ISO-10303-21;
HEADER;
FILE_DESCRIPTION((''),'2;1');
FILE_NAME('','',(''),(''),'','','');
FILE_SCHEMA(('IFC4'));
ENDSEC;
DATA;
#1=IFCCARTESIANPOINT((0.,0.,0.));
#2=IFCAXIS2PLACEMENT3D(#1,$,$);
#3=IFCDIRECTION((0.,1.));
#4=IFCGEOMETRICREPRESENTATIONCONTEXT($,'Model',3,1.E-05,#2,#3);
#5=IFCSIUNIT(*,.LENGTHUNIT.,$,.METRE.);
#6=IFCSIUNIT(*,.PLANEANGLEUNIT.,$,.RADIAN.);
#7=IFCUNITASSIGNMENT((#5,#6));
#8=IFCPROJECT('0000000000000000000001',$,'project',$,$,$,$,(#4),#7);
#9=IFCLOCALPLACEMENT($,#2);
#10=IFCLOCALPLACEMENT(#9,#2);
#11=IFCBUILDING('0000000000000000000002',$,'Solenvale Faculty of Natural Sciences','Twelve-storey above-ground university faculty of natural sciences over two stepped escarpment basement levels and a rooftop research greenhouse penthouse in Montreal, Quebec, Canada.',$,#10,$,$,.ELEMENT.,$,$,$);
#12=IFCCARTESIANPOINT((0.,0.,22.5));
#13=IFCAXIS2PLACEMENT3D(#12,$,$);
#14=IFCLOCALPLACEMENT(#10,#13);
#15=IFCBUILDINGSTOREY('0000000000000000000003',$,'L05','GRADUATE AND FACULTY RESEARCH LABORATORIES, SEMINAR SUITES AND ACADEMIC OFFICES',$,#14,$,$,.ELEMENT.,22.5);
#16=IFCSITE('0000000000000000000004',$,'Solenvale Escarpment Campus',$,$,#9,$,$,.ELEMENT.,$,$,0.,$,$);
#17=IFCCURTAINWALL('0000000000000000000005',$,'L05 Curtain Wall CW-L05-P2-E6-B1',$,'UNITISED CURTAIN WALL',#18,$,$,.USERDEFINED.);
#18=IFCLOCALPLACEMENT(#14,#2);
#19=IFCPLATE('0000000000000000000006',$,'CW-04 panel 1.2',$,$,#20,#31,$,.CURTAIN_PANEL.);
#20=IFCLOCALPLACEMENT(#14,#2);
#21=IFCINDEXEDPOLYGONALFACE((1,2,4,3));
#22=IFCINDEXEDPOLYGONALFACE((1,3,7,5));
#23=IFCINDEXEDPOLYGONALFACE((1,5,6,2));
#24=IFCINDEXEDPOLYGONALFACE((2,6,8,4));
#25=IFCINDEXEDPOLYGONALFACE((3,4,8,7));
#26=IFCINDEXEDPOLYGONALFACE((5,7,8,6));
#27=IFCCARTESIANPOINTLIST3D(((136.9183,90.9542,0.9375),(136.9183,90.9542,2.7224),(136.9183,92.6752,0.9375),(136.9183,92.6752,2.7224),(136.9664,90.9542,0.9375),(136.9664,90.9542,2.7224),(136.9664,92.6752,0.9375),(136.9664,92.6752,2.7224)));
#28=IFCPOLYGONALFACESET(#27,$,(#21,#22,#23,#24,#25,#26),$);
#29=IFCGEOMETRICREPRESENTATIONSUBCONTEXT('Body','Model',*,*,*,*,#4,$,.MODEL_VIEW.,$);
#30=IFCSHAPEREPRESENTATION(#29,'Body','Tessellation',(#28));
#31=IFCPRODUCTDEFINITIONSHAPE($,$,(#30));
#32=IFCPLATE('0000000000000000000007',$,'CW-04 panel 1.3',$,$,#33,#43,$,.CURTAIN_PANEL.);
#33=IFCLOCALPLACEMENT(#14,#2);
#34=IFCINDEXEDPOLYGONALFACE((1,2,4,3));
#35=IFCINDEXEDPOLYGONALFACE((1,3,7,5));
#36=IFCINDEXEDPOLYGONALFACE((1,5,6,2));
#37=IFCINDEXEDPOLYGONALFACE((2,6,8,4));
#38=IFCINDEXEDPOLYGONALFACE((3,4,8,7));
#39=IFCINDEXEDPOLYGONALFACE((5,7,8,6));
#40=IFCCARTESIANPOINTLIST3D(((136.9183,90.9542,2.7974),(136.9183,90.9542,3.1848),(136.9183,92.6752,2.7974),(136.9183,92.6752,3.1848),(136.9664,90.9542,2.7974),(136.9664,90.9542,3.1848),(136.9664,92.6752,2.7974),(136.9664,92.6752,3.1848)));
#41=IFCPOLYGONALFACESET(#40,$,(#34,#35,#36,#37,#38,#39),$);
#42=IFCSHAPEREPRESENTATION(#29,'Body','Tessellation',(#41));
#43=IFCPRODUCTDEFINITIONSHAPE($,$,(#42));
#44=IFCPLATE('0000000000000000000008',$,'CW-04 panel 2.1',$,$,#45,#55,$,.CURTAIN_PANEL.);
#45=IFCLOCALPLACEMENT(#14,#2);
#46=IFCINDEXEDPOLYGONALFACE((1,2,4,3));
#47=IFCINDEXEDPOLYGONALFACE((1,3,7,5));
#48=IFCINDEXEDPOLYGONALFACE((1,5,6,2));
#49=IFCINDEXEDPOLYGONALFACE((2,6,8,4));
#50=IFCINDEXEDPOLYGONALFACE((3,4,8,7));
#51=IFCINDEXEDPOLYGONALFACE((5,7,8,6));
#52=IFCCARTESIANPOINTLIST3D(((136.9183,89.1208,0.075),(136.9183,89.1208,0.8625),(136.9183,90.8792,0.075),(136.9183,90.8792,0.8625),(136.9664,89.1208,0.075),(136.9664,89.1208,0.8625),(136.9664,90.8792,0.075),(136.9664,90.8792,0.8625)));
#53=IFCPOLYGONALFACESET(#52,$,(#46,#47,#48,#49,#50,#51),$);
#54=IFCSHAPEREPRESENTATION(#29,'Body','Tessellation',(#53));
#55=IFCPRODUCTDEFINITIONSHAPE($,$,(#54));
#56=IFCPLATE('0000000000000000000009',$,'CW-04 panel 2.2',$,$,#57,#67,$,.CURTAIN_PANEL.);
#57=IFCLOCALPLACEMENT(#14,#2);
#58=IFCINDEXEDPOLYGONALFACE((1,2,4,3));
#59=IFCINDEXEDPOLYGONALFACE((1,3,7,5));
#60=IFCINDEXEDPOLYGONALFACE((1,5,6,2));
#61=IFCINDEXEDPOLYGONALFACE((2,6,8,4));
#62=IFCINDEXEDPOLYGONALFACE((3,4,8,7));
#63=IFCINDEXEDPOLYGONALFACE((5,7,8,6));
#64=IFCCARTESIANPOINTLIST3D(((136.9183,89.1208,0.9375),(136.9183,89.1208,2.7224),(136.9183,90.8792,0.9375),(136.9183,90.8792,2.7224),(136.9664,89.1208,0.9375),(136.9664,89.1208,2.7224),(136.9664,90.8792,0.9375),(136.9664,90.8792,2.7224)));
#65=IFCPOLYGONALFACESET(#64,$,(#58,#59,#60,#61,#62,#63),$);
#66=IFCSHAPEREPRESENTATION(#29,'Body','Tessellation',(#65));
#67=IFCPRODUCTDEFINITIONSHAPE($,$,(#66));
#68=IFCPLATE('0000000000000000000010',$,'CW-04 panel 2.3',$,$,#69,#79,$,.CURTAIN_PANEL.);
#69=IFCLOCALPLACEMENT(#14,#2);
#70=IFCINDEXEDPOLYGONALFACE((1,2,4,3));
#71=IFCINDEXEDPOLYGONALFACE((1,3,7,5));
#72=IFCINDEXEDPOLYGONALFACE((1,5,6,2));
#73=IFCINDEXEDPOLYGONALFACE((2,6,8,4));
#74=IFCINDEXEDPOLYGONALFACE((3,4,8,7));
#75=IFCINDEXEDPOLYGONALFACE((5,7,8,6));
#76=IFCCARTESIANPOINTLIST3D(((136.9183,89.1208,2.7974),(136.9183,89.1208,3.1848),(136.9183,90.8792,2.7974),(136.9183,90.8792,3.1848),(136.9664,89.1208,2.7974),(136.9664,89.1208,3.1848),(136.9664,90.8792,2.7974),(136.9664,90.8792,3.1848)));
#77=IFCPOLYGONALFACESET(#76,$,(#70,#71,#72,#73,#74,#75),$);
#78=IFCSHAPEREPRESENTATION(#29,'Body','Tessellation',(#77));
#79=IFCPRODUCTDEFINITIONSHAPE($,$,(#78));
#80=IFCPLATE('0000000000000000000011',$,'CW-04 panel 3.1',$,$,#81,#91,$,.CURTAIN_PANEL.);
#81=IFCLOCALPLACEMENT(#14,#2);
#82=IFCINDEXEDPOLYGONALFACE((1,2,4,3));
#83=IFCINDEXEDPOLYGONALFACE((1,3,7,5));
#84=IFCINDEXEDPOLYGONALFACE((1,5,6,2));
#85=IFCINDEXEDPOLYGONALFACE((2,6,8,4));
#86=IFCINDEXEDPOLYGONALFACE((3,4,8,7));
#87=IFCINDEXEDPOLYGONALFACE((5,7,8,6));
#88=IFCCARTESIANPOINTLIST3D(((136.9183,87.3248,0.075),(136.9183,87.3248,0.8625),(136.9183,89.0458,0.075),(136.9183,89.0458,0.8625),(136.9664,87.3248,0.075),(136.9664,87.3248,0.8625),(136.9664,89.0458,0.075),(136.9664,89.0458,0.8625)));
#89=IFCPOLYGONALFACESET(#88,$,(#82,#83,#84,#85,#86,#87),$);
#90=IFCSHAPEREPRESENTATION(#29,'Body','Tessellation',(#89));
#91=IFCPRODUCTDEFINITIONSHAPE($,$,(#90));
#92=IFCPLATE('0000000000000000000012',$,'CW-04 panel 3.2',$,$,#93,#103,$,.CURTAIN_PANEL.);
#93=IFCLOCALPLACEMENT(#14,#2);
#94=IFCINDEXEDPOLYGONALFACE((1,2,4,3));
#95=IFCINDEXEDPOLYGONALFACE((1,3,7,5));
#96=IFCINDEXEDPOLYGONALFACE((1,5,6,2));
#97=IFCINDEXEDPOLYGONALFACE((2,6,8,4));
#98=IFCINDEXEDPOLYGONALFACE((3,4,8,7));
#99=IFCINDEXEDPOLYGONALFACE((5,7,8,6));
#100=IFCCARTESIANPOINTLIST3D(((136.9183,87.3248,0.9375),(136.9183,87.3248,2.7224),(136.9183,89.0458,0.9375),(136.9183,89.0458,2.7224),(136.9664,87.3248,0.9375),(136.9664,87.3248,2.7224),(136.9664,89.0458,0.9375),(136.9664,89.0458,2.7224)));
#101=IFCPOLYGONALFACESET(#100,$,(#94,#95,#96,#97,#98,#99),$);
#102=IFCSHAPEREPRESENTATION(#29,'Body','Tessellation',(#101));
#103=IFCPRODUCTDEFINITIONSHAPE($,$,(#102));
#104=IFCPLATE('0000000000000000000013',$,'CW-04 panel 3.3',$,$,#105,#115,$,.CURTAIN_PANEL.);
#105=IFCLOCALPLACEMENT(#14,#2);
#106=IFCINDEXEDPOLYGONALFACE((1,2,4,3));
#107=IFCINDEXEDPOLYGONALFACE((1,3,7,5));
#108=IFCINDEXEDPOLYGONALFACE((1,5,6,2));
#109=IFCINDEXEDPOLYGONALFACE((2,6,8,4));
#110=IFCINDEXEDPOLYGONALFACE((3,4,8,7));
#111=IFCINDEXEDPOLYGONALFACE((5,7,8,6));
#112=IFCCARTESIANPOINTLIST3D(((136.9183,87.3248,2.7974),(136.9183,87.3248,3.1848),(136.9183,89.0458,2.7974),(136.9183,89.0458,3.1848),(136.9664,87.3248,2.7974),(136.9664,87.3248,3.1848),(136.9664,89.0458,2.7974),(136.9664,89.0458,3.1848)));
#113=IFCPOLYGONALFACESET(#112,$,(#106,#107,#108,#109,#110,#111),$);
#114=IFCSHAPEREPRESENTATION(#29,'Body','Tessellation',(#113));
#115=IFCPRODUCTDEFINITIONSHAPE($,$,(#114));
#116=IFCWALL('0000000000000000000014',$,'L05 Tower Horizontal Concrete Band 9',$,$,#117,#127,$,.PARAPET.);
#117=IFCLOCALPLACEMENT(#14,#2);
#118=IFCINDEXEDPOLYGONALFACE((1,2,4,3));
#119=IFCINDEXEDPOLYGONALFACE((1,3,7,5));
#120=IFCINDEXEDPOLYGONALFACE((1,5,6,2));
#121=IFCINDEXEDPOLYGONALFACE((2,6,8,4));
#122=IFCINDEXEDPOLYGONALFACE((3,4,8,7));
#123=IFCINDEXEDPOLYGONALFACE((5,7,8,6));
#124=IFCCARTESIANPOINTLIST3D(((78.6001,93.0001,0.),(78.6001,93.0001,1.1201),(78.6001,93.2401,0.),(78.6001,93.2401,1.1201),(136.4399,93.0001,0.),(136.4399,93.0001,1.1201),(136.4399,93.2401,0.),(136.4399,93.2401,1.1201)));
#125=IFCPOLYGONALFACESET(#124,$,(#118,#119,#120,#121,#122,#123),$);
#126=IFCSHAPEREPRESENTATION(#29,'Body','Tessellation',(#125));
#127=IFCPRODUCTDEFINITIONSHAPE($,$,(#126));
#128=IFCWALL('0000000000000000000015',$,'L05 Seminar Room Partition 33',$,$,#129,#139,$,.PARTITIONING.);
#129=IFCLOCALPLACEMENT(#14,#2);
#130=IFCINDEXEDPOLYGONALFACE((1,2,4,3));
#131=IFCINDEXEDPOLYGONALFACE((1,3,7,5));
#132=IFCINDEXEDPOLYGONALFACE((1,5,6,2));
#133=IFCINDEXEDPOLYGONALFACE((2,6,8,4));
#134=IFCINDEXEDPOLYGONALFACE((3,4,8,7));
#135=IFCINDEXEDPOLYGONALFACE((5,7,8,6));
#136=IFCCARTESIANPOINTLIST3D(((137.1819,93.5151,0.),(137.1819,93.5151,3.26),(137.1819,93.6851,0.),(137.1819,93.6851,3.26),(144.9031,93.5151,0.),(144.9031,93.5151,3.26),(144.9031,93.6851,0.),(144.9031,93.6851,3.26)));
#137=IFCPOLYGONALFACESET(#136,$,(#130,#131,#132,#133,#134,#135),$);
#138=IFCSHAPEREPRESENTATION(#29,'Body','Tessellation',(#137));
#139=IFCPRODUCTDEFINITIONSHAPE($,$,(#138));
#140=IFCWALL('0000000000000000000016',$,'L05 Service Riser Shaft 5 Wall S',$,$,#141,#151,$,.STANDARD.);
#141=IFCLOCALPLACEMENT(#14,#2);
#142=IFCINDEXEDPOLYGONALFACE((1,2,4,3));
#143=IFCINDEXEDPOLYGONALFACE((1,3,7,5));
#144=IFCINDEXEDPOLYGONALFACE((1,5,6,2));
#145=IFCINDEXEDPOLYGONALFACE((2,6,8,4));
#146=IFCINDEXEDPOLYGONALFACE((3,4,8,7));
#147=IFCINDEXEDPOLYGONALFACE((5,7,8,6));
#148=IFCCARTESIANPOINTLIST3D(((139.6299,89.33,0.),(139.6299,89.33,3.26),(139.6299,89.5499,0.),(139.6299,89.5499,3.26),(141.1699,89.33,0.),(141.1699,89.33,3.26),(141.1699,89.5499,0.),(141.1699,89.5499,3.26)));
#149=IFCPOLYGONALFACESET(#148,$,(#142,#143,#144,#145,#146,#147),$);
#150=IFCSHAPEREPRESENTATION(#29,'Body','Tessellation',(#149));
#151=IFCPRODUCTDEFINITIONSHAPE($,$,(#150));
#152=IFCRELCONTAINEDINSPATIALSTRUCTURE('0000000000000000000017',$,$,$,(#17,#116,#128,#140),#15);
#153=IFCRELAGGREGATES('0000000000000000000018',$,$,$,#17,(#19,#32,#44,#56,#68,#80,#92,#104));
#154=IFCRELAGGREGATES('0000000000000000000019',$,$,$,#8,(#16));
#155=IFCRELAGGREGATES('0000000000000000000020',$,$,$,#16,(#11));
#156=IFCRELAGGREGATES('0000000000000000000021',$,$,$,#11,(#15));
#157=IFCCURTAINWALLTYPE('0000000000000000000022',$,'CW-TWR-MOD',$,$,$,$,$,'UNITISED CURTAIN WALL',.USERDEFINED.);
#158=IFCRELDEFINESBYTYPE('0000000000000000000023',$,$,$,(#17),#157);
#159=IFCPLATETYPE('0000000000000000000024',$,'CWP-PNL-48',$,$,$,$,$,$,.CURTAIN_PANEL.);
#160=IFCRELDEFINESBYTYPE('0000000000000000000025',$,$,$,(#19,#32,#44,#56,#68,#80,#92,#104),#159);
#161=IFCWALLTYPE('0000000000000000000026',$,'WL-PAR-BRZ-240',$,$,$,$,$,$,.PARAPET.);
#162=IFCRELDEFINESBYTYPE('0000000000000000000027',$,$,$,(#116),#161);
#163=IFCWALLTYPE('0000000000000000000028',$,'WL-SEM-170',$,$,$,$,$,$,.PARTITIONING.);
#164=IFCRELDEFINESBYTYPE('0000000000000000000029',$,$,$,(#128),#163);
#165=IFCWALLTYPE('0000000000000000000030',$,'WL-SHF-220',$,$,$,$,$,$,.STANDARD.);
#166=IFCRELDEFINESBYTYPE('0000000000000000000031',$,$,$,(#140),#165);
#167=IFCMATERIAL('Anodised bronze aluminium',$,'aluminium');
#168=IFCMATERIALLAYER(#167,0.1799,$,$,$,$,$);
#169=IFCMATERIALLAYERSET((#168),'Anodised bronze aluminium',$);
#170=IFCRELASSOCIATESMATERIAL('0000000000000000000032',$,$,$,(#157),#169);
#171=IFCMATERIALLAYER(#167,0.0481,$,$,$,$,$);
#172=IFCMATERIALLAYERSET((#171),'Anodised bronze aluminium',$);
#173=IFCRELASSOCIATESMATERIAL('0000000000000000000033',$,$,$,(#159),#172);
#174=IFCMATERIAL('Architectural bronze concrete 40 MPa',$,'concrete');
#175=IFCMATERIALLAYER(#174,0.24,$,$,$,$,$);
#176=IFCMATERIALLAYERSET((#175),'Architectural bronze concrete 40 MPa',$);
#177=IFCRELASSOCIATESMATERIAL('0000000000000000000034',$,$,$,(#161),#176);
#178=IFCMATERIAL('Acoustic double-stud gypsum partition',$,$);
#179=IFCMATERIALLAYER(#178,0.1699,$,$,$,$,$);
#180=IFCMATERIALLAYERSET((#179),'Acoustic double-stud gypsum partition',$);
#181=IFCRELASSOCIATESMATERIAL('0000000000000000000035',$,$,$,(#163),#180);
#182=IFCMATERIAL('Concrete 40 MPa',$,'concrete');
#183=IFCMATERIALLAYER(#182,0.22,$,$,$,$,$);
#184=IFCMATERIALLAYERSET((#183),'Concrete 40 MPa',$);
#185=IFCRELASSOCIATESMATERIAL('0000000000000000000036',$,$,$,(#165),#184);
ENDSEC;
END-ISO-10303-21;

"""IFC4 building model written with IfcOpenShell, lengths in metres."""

from ifc_helpers import new_model, si_unit, direction, frame, frame_2d, origin, origin_2d, place, context, subcontext, project, spatial, rectangle, extrude, material, layer, layer_set, type_object, element, aggregate, save


model = new_model("IFC4")

# Units and contexts
model_context = context("Model", 3, precision=1e-05, world=origin(), true_north=direction((0.0, 1.0)))
body_context = subcontext(model_context, "Body", "Model", "MODEL_VIEW")
ifc_project = project(units=[si_unit("LENGTHUNIT", "METRE"), si_unit("PLANEANGLEUNIT", "RADIAN")], contexts=[model_context])

# Site, building, storey
site_placement = place(None, origin())
site = spatial("IfcSite", under=ifc_project, at=site_placement, Name="Solenvale Escarpment Campus", CompositionType="ELEMENT", RefElevation=0.0)
building_placement = place(site_placement, origin())
building = spatial("IfcBuilding", under=site, at=building_placement, Name="Solenvale Faculty of Natural Sciences", Description="Twelve-storey above-ground university faculty of natural sciences over two stepped escarpment basement levels and a rooftop research greenhouse penthouse in Montreal, Quebec, Canada.", CompositionType="ELEMENT")
storey_placement = place(building_placement, frame((0.0, 0.0, 22.5)))
storey = spatial("IfcBuildingStorey", under=building, at=storey_placement, Name="L05", Description="GRADUATE AND FACULTY RESEARCH LABORATORIES, SEMINAR SUITES AND ACADEMIC OFFICES", CompositionType="ELEMENT", Elevation=22.5)

# Shared definitions
ifc_material_1 = material(Name="Concrete 40 MPa", Category="concrete")

# Curtain wall, plates
ifc_material_2 = material(Name="Anodised bronze aluminium", Category="aluminium")
ifc_layer_1 = layer(ifc_material_2, 0.1799)
ifc_layer_set_1 = layer_set([ifc_layer_1], Name="Anodised bronze aluminium")
curtain_wall_type = type_object("IfcCurtainWallType", Name="CW-TWR-MOD", ElementType="UNITISED CURTAIN WALL", PredefinedType="USERDEFINED", material=ifc_layer_set_1)
curtain_wall_placement = place(storey_placement, origin())
curtain_wall = element("IfcCurtainWall", 1, at=curtain_wall_placement, inside=storey, type_object=curtain_wall_type, Name="L05 Curtain Wall CW-L05-P2-E6-B1", ObjectType="UNITISED CURTAIN WALL", PredefinedType="USERDEFINED")
ifc_layer_2 = layer(ifc_material_2, 0.0481)
ifc_layer_set_2 = layer_set([ifc_layer_2], Name="Anodised bronze aluminium")
plate_type = type_object("IfcPlateType", Name="CWP-PNL-48", PredefinedType="CURTAIN_PANEL", material=ifc_layer_set_2)
plate_1_placement = place(storey_placement, frame((136.9424, 91.8147, 0.9375), z_axis=(0.0, 0.0, 1.0), x_axis=(0.0, -1.0, 0.0)))
plate_1 = element("IfcPlate", 2, at=plate_1_placement, type_object=plate_type, Name="CW-04 panel 1.2", PredefinedType="CURTAIN_PANEL", context=body_context, shape_type="SweptSolid", body=[
    extrude(rectangle(XDim=1.7209, YDim=0.0481, at=origin_2d()), origin(), (0.0, 0.0, 1.0), 1.7849),
])
plate_2_placement = place(storey_placement, frame((136.9424, 91.8147, 2.7974), z_axis=(0.0, 0.0, 1.0), x_axis=(0.0, -1.0, 0.0)))
plate_2 = element("IfcPlate", 3, at=plate_2_placement, type_object=plate_type, Name="CW-04 panel 1.3", PredefinedType="CURTAIN_PANEL", context=body_context, shape_type="SweptSolid", body=[
    extrude(rectangle(XDim=1.7209, YDim=0.0481, at=origin_2d()), origin(), (0.0, 0.0, 1.0), 0.3875),
])
plate_3_placement = place(storey_placement, frame((136.9424, 90.0, 0.075), z_axis=(0.0, 0.0, 1.0), x_axis=(0.0, -1.0, 0.0)))
plate_3 = element("IfcPlate", 4, at=plate_3_placement, type_object=plate_type, Name="CW-04 panel 2.1", PredefinedType="CURTAIN_PANEL", context=body_context, shape_type="SweptSolid", body=[
    extrude(rectangle(XDim=1.7583, YDim=0.0481, at=origin_2d()), origin(), (0.0, 0.0, 1.0), 0.7876),
])
plate_4_placement = place(storey_placement, frame((136.9424, 90.0, 0.9375), z_axis=(0.0, 0.0, 1.0), x_axis=(0.0, -1.0, 0.0)))
plate_4 = element("IfcPlate", 5, at=plate_4_placement, type_object=plate_type, Name="CW-04 panel 2.2", PredefinedType="CURTAIN_PANEL", context=body_context, shape_type="SweptSolid", body=[
    extrude(rectangle(XDim=1.7583, YDim=0.0481, at=origin_2d()), origin(), (0.0, 0.0, 1.0), 1.7849),
])
plate_5_placement = place(storey_placement, frame((136.9424, 90.0, 2.7974), z_axis=(0.0, 0.0, 1.0), x_axis=(0.0, -1.0, 0.0)))
plate_5 = element("IfcPlate", 6, at=plate_5_placement, type_object=plate_type, Name="CW-04 panel 2.3", PredefinedType="CURTAIN_PANEL", context=body_context, shape_type="SweptSolid", body=[
    extrude(rectangle(XDim=1.7583, YDim=0.0481, at=origin_2d()), origin(), (0.0, 0.0, 1.0), 0.3875),
])
plate_6_placement = place(storey_placement, frame((136.9424, 88.1853, 0.075), z_axis=(0.0, 0.0, 1.0), x_axis=(0.0, -1.0, 0.0)))
plate_6 = element("IfcPlate", 7, at=plate_6_placement, type_object=plate_type, Name="CW-04 panel 3.1", PredefinedType="CURTAIN_PANEL", context=body_context, shape_type="SweptSolid", body=[
    extrude(rectangle(XDim=1.7209, YDim=0.0481, at=origin_2d()), origin(), (0.0, 0.0, 1.0), 0.7876),
])
plate_7_placement = place(storey_placement, frame((136.9424, 88.1853, 0.9375), z_axis=(0.0, 0.0, 1.0), x_axis=(0.0, -1.0, 0.0)))
plate_7 = element("IfcPlate", 8, at=plate_7_placement, type_object=plate_type, Name="CW-04 panel 3.2", PredefinedType="CURTAIN_PANEL", context=body_context, shape_type="SweptSolid", body=[
    extrude(rectangle(XDim=1.7209, YDim=0.0481, at=origin_2d()), origin(), (0.0, 0.0, 1.0), 1.7849),
])
plate_8_placement = place(storey_placement, frame((136.9424, 88.1853, 2.7974), z_axis=(0.0, 0.0, 1.0), x_axis=(0.0, -1.0, 0.0)))
plate_8 = element("IfcPlate", 9, at=plate_8_placement, type_object=plate_type, Name="CW-04 panel 3.3", PredefinedType="CURTAIN_PANEL", context=body_context, shape_type="SweptSolid", body=[
    extrude(rectangle(XDim=1.7209, YDim=0.0481, at=origin_2d()), origin(), (0.0, 0.0, 1.0), 0.3875),
])
aggregate(curtain_wall, [plate_1, plate_2, plate_3, plate_4, plate_5, plate_6, plate_7, plate_8])

# Walls
ifc_material_3 = material(Name="Architectural bronze concrete 40 MPa", Category="concrete")
ifc_layer_3 = layer(ifc_material_3, 0.24)
ifc_layer_set_3 = layer_set([ifc_layer_3], Name="Architectural bronze concrete 40 MPa")
wall_type_1 = type_object("IfcWallType", Name="WL-PAR-BRZ-240", PredefinedType="PARAPET", material=ifc_layer_set_3)
wall_1_placement = place(storey_placement, frame((136.4399, 93.1201, 0.0), z_axis=(0.0, 0.0, 1.0), x_axis=(-1.0, 0.0, 0.0)))
element("IfcWall", 10, at=wall_1_placement, inside=storey, type_object=wall_type_1, Name="L05 Tower Horizontal Concrete Band 9", PredefinedType="PARAPET", context=body_context, shape_type="SweptSolid", body=[
    extrude(rectangle(XDim=57.8398, YDim=0.24, at=frame_2d((28.9199, 0.0))), origin(), (0.0, 0.0, 1.0), 1.1201),
])
ifc_material_4 = material(Name="Acoustic double-stud gypsum partition")
ifc_layer_4 = layer(ifc_material_4, 0.1699)
ifc_layer_set_4 = layer_set([ifc_layer_4], Name="Acoustic double-stud gypsum partition")
wall_type_2 = type_object("IfcWallType", Name="WL-SEM-170", PredefinedType="PARTITIONING", material=ifc_layer_set_4)
wall_2_placement = place(storey_placement, frame((137.1819, 93.6001, 0.0), z_axis=(0.0, 0.0, 1.0), x_axis=(1.0, 0.0, 0.0)))
element("IfcWall", 11, at=wall_2_placement, inside=storey, type_object=wall_type_2, Name="L05 Seminar Room Partition 33", PredefinedType="PARTITIONING", context=body_context, shape_type="SweptSolid", body=[
    extrude(rectangle(XDim=7.7212, YDim=0.1699, at=frame_2d((3.8606, 0.0))), origin(), (0.0, 0.0, 1.0), 3.26),
])
ifc_layer_5 = layer(ifc_material_1, 0.22)
ifc_layer_set_5 = layer_set([ifc_layer_5], Name="Concrete 40 MPa")
wall_type_3 = type_object("IfcWallType", Name="WL-SHF-220", PredefinedType="STANDARD", material=ifc_layer_set_5)
wall_3_placement = place(storey_placement, frame((139.6299, 89.4399, 0.0), z_axis=(0.0, 0.0, 1.0), x_axis=(1.0, 0.0, 0.0)))
element("IfcWall", 12, at=wall_3_placement, inside=storey, type_object=wall_type_3, Name="L05 Service Riser Shaft 5 Wall S", PredefinedType="STANDARD", context=body_context, shape_type="SweptSolid", body=[
    extrude(rectangle(XDim=1.54, YDim=0.22, at=frame_2d((0.77, 0.0))), origin(), (0.0, 0.0, 1.0), 3.26),
])

save(model, "model.ifc")
